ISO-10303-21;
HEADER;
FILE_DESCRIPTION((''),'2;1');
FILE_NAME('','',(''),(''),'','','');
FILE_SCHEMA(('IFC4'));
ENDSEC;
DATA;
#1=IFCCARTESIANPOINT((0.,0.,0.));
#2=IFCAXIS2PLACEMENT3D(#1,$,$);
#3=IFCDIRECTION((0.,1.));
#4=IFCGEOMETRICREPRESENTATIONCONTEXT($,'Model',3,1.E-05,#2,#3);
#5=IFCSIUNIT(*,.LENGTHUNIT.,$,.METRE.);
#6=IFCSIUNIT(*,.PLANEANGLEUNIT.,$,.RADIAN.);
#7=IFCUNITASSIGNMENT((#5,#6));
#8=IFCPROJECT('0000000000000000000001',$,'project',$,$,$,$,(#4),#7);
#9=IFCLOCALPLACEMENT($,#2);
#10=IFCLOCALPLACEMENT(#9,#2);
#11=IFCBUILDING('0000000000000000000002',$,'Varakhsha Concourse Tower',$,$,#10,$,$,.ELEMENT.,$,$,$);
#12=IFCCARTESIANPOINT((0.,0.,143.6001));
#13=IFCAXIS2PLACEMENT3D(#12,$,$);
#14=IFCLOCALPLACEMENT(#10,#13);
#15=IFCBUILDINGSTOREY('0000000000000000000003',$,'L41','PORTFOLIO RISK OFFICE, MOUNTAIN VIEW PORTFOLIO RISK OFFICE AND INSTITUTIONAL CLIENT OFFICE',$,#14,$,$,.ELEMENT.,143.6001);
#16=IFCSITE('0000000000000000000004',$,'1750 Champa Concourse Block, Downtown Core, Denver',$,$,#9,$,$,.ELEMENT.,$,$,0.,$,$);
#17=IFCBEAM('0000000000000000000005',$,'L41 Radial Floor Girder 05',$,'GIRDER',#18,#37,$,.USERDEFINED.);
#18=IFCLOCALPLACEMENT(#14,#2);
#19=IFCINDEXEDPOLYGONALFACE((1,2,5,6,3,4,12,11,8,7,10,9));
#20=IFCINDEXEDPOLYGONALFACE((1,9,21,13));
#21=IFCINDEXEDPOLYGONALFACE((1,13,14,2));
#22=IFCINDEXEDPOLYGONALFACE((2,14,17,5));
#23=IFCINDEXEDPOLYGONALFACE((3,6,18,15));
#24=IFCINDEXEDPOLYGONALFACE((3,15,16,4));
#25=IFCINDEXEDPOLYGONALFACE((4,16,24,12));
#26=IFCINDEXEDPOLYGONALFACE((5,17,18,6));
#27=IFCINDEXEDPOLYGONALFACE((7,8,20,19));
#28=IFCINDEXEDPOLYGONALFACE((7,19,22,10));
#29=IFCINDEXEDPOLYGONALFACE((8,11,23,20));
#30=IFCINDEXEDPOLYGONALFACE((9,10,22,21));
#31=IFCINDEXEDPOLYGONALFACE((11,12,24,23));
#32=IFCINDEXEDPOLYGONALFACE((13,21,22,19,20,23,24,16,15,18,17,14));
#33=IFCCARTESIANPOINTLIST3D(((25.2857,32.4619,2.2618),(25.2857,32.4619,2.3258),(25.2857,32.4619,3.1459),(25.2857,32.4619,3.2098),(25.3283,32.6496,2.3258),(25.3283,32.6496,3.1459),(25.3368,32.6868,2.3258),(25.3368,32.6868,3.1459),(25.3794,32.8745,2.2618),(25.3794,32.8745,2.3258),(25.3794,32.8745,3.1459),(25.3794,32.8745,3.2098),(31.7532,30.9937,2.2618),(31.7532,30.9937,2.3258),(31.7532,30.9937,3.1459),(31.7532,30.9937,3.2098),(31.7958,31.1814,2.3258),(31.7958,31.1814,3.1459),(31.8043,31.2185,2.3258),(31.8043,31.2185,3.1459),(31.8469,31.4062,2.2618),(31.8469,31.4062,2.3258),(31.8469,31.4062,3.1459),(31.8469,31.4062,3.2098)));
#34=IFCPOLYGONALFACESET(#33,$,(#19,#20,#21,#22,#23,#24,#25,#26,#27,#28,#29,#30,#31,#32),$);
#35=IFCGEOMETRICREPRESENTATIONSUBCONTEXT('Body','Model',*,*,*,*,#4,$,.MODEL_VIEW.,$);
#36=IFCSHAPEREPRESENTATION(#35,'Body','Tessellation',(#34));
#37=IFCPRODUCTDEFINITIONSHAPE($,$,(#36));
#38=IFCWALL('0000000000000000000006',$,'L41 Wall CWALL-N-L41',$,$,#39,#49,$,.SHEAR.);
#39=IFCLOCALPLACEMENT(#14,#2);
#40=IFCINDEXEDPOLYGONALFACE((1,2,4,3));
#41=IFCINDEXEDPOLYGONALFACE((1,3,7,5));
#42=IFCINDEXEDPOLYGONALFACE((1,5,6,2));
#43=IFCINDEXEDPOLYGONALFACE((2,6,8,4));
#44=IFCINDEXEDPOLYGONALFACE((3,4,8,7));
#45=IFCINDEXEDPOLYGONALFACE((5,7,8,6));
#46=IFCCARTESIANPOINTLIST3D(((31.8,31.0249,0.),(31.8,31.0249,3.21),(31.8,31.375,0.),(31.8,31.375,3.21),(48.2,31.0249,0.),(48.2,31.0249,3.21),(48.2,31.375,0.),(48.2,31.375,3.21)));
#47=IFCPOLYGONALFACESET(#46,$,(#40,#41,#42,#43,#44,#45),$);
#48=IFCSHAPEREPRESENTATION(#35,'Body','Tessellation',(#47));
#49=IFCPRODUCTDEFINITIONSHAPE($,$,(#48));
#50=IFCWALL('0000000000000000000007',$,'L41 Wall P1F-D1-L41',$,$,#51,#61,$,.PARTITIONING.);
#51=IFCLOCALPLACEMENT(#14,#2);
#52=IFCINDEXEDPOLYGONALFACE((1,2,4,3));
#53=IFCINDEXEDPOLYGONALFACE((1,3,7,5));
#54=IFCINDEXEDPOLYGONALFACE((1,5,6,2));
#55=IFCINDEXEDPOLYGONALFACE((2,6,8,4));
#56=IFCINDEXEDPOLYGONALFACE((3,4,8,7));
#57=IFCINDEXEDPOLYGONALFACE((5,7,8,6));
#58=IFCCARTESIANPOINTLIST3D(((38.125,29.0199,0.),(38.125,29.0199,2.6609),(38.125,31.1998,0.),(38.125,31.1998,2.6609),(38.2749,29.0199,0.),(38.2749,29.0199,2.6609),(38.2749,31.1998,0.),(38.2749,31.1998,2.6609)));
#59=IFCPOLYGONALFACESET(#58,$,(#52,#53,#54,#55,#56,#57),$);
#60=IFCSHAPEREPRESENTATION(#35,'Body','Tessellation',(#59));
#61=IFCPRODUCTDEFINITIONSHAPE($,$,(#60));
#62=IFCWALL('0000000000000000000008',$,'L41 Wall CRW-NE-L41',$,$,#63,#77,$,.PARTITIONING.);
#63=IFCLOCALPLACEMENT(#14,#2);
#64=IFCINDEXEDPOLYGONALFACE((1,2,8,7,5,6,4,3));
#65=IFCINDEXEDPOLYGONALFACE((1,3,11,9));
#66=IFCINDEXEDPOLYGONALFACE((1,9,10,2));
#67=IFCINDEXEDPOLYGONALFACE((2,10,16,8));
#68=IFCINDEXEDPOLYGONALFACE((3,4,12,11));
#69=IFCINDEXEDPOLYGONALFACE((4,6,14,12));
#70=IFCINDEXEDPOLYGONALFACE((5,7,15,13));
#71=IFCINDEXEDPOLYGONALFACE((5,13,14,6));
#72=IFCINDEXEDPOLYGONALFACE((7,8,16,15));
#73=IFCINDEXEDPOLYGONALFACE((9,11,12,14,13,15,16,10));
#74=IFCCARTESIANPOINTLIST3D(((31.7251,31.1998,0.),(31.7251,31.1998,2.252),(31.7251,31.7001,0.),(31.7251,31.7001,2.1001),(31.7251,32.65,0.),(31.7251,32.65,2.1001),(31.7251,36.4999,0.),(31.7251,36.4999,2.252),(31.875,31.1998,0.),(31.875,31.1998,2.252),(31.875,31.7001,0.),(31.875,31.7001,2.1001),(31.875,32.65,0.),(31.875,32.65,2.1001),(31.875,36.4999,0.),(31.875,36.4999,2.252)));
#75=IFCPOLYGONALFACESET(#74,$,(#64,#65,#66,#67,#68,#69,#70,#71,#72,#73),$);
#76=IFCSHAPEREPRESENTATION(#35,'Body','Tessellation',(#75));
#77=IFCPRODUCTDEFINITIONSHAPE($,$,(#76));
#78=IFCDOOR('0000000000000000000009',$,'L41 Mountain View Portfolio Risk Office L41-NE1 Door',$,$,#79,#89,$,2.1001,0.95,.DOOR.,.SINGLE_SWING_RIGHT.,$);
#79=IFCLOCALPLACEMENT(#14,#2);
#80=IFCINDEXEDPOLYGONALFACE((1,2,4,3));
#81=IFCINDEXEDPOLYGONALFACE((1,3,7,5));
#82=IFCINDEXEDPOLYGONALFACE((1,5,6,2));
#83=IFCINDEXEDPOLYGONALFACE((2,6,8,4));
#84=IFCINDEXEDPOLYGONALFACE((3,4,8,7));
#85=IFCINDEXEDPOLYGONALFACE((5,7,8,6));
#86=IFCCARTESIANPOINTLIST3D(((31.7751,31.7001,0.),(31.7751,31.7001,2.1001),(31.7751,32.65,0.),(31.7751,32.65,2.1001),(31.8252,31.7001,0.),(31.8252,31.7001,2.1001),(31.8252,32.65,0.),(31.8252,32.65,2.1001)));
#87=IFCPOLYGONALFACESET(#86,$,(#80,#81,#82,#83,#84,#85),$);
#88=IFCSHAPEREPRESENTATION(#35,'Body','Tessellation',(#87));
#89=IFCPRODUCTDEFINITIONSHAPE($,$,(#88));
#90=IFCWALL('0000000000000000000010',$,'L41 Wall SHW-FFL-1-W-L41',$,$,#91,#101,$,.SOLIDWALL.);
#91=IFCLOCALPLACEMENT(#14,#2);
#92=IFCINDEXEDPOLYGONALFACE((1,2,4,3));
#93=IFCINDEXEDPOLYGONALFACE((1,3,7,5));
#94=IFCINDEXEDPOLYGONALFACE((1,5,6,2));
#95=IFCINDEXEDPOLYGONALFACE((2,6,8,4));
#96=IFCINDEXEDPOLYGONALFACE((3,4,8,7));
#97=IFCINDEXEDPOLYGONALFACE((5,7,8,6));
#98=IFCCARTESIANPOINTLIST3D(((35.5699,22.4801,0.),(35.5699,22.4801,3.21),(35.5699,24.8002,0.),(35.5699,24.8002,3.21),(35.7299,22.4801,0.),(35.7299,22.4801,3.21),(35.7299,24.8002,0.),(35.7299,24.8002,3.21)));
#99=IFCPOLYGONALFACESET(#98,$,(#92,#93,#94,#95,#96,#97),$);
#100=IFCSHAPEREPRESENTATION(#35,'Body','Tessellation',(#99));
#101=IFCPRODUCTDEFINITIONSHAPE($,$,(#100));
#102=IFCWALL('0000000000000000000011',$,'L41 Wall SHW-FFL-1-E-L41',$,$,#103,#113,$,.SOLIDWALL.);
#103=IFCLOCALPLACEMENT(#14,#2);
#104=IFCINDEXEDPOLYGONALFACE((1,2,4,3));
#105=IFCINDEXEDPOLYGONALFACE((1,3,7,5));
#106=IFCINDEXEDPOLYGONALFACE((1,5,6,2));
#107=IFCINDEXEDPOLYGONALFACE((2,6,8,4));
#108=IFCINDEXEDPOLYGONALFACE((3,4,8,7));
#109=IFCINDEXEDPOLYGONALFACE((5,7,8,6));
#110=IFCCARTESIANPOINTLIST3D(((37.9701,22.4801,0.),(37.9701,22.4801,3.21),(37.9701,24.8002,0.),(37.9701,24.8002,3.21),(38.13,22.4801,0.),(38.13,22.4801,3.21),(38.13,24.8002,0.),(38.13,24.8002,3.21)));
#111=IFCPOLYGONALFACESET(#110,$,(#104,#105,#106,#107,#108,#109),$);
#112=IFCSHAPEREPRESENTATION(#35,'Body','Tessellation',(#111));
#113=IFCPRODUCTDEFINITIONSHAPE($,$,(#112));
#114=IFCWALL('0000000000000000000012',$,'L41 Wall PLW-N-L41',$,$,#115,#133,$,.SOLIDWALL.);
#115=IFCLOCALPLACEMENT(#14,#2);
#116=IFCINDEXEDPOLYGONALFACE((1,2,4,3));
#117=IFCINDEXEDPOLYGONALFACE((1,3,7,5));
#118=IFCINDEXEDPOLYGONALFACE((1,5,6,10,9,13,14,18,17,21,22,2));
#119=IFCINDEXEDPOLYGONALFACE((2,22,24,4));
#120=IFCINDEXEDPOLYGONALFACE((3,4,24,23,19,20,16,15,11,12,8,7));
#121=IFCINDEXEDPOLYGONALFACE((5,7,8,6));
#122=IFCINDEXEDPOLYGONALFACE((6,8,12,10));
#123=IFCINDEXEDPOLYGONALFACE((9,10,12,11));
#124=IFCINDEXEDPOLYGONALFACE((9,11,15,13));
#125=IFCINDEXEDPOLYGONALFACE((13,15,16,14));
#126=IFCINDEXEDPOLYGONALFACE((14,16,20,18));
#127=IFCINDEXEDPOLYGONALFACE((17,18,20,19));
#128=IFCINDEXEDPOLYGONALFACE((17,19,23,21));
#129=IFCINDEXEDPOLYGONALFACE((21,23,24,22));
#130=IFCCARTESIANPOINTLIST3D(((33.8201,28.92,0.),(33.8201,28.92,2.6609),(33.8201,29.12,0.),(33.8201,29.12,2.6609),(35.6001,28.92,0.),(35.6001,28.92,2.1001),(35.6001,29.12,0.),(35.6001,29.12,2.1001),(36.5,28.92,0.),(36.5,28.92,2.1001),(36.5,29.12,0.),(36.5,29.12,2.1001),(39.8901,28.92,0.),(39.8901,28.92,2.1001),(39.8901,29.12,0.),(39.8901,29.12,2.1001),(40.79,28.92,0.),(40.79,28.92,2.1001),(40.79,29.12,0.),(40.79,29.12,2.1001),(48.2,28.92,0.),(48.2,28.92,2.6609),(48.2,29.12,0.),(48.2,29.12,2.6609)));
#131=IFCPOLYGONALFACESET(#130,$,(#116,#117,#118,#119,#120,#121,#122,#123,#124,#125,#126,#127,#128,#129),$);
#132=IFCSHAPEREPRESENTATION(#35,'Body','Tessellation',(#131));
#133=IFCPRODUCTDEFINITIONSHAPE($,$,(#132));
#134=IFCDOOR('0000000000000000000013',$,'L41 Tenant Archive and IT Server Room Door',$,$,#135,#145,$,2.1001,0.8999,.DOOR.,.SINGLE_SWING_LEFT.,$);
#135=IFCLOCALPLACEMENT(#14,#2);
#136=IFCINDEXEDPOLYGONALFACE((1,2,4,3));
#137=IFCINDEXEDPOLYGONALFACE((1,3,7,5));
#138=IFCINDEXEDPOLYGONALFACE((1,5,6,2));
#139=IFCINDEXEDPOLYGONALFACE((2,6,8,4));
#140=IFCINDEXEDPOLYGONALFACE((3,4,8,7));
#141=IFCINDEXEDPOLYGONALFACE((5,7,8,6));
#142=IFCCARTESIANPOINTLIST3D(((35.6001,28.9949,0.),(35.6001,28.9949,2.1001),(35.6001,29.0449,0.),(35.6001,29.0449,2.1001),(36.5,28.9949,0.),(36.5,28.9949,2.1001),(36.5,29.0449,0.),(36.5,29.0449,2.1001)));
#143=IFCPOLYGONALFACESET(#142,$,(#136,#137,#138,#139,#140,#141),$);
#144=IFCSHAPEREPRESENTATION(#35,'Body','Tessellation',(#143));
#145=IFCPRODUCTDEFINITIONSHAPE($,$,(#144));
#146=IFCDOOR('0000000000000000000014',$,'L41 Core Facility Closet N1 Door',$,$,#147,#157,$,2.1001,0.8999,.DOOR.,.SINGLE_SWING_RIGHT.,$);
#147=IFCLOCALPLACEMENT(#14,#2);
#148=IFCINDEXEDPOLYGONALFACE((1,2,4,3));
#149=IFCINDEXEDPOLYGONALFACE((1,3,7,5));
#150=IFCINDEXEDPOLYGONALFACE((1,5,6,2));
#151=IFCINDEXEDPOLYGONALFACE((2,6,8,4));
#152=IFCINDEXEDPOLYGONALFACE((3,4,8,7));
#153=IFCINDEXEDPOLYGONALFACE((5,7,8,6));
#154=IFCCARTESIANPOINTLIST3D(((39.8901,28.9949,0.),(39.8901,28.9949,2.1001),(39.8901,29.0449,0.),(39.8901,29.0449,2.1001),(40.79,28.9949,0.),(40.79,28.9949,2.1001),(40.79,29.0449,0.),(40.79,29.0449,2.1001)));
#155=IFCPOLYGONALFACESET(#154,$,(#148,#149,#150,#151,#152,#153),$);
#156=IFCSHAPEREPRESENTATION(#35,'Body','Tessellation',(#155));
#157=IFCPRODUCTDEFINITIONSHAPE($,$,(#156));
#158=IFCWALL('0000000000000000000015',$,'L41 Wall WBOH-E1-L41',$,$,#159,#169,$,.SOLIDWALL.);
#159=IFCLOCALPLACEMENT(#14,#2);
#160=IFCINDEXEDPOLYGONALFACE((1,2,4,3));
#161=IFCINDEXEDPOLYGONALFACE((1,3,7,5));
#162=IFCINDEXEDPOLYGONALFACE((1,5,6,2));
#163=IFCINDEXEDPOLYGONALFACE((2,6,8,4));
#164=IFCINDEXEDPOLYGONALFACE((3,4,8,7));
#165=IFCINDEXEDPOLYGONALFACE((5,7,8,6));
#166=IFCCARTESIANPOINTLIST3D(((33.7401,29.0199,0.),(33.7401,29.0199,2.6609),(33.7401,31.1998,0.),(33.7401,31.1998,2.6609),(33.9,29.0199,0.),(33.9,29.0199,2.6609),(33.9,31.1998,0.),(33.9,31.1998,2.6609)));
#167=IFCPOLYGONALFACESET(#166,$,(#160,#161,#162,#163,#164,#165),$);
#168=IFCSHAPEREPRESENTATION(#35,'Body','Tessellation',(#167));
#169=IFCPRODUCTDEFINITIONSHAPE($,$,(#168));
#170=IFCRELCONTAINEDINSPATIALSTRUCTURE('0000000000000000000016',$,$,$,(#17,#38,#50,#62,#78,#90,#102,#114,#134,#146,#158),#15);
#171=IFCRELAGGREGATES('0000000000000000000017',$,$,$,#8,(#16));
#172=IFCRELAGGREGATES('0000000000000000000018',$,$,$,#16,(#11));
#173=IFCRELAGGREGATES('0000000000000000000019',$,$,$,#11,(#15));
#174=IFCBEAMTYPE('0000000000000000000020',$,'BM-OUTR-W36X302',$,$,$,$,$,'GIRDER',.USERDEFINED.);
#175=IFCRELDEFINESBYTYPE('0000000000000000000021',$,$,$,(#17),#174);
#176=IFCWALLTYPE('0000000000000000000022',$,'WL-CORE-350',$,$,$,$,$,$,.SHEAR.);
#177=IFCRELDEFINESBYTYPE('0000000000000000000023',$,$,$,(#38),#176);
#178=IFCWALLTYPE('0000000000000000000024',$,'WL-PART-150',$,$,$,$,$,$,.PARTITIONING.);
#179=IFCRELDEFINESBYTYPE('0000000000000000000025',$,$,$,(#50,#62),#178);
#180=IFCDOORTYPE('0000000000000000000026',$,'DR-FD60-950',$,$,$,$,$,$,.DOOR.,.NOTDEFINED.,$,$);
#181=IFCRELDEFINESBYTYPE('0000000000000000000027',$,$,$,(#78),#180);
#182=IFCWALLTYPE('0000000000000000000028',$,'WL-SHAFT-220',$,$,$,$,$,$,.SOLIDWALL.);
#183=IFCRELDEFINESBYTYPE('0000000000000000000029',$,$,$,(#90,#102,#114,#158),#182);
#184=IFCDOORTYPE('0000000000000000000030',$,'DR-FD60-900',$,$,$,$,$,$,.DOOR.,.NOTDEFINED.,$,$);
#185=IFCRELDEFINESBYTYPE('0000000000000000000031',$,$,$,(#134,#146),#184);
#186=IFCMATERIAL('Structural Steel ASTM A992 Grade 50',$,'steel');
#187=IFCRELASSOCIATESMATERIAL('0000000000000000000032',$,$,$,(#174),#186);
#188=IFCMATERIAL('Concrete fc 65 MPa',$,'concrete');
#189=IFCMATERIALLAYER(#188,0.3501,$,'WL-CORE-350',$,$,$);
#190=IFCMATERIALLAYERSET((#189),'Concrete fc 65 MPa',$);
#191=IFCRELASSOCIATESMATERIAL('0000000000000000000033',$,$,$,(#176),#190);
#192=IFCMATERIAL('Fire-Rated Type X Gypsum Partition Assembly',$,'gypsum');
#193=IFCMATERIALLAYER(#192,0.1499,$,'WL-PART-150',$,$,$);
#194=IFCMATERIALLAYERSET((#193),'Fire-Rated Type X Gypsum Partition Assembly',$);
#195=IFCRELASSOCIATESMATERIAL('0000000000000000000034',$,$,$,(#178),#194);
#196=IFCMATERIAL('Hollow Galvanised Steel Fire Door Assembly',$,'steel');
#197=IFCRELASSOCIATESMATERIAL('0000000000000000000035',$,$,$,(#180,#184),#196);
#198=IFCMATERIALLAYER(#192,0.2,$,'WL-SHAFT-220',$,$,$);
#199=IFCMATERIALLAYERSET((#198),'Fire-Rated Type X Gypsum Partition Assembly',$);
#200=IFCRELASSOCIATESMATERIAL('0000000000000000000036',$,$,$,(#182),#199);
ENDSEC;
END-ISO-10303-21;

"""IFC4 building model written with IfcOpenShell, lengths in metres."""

from ifc_helpers import new_model, si_unit, direction, frame, frame_2d, origin, origin_2d, place, context, subcontext, project, spatial, rectangle, i_section, extrude, material, layer, layer_set, material_profile, profile_set, type_object, element, fill, save


model = new_model("IFC4")

# Units and contexts
model_context = context("Model", 3, precision=1e-05, world=origin(), true_north=direction((0.0, 1.0)))
body_context = subcontext(model_context, "Body", "Model", "MODEL_VIEW")
ifc_project = project(units=[si_unit("LENGTHUNIT", "METRE"), si_unit("PLANEANGLEUNIT", "RADIAN")], contexts=[model_context])

# Site, building, storey
site_placement = place(None, origin())
site = spatial("IfcSite", under=ifc_project, at=site_placement, Name="1750 Champa Concourse Block, Downtown Core, Denver", CompositionType="ELEMENT", RefElevation=0.0)
building_placement = place(site_placement, origin())
building = spatial("IfcBuilding", under=site, at=building_placement, Name="Varakhsha Concourse Tower", CompositionType="ELEMENT")
storey_placement = place(building_placement, frame((0.0, 0.0, 143.6001)))
storey = spatial("IfcBuildingStorey", under=building, at=storey_placement, Name="L41", Description="PORTFOLIO RISK OFFICE, MOUNTAIN VIEW PORTFOLIO RISK OFFICE AND INSTITUTIONAL CLIENT OFFICE", CompositionType="ELEMENT", Elevation=143.6001)

# Beam
ifc_material_1 = material(Name="Structural Steel ASTM A992 Grade 50", Category="steel")
ifc_material_profile = material_profile(ifc_material_1, i_section(OverallWidth=0.4231, OverallDepth=0.948, WebThickness=0.0381, FlangeThickness=0.064, at=origin_2d()), Name="W36X302")
ifc_profile_set = profile_set([ifc_material_profile], Name="Structural Steel ASTM A992 Grade 50")
beam_type = type_object("IfcBeamType", Name="BM-OUTR-W36X302", ElementType="GIRDER", PredefinedType="USERDEFINED", material=ifc_profile_set)
beam_placement = place(storey_placement, frame((31.8, 31.2, 2.7358), z_axis=(-0.975186, 0.221387, 0.0), x_axis=(-0.221387, -0.975186, 0.0)))
element("IfcBeam", 1, at=beam_placement, inside=storey, type_object=beam_type, Name="L41 Radial Floor Girder 05", ObjectType="GIRDER", PredefinedType="USERDEFINED", context=body_context, shape_type="SweptSolid", body=[
    extrude(i_section(OverallWidth=0.4231, OverallDepth=0.948, WebThickness=0.0381, FlangeThickness=0.064, at=origin_2d()), origin(), (0.0, 0.0, 1.0), 6.6321),
])

# Walls
ifc_material_2 = material(Name="Concrete fc 65 MPa", Category="concrete")
ifc_layer_1 = layer(ifc_material_2, 0.3501, Name="WL-CORE-350")
ifc_layer_set_1 = layer_set([ifc_layer_1], Name="Concrete fc 65 MPa")
wall_type_1 = type_object("IfcWallType", Name="WL-CORE-350", PredefinedType="SHEAR", material=ifc_layer_set_1)
wall_1_placement = place(storey_placement, frame((31.8, 31.2, 0.0), z_axis=(0.0, 0.0, 1.0), x_axis=(1.0, 0.0, 0.0)))
element("IfcWall", 2, at=wall_1_placement, inside=storey, type_object=wall_type_1, Name="L41 Wall CWALL-N-L41", PredefinedType="SHEAR", context=body_context, shape_type="SweptSolid", body=[
    extrude(rectangle(XDim=16.3999, YDim=0.3501, at=frame_2d((8.2, 0.0))), origin(), (0.0, 0.0, 1.0), 3.21),
])
ifc_material_3 = material(Name="Fire-Rated Type X Gypsum Partition Assembly", Category="gypsum")
ifc_layer_2 = layer(ifc_material_3, 0.1499, Name="WL-PART-150")
ifc_layer_set_2 = layer_set([ifc_layer_2], Name="Fire-Rated Type X Gypsum Partition Assembly")
wall_type_2 = type_object("IfcWallType", Name="WL-PART-150", PredefinedType="PARTITIONING", material=ifc_layer_set_2)
wall_2_placement = place(storey_placement, frame((38.2, 29.02, 0.0), z_axis=(0.0, 0.0, 1.0), x_axis=(0.0, 1.0, 0.0)))
element("IfcWall", 3, at=wall_2_placement, inside=storey, type_object=wall_type_2, Name="L41 Wall P1F-D1-L41", PredefinedType="PARTITIONING", context=body_context, shape_type="SweptSolid", body=[
    extrude(rectangle(XDim=2.1799, YDim=0.1499, at=frame_2d((1.0898, 0.0))), origin(), (0.0, 0.0, 1.0), 2.6609),
])

# Wall, opening, door
wall_3_placement = place(storey_placement, frame((31.8, 31.2, 0.0), z_axis=(0.0, 0.0, 1.0), x_axis=(0.0, 1.0, 0.0)))
wall_3 = element("IfcWall", 4, at=wall_3_placement, inside=storey, type_object=wall_type_2, Name="L41 Wall CRW-NE-L41", PredefinedType="PARTITIONING", context=body_context, shape_type="SweptSolid", body=[
    extrude(rectangle(XDim=5.3, YDim=0.1499, at=frame_2d((2.6499, 0.0))), origin(), (0.0, 0.0, 1.0), 2.252),
])
opening_1_placement = place(wall_3_placement, frame((0.5, 0.0, 0.0)))
opening_1 = element("IfcOpeningElement", 5, at=opening_1_placement, cuts=wall_3, PredefinedType="OPENING", context=body_context, shape_type="SweptSolid", body=[
    extrude(rectangle(XDim=0.95, YDim=2.1001, at=frame_2d((0.4751, 1.05))), frame((0.0, 0.085, 0.0), z_axis=(0.0, -1.0, 0.0), x_axis=(1.0, 0.0, 0.0)), (0.0, 0.0, 1.0), 0.1699),
])
ifc_material_4 = material(Name="Hollow Galvanised Steel Fire Door Assembly", Category="steel")
door_type_1 = type_object("IfcDoorType", Name="DR-FD60-950", OperationType="NOTDEFINED", PredefinedType="DOOR", material=ifc_material_4)
door_1_placement = place(opening_1_placement, origin())
door_1 = element("IfcDoor", 6, at=door_1_placement, inside=storey, type_object=door_type_1, Name="L41 Mountain View Portfolio Risk Office L41-NE1 Door", OperationType="SINGLE_SWING_RIGHT", OverallHeight=2.1001, OverallWidth=0.95, PredefinedType="DOOR", context=body_context, shape_type="SweptSolid", body=[
    extrude(rectangle(XDim=0.95, YDim=2.1001, at=frame_2d((0.4751, 1.05))), frame((0.0, 0.0249, 0.0), z_axis=(0.0, -1.0, 0.0), x_axis=(1.0, 0.0, 0.0)), (0.0, 0.0, 1.0), 0.05),
])
fill(opening_1, door_1)

# Shared definitions
ifc_layer_3 = layer(ifc_material_3, 0.2, Name="WL-SHAFT-220")
ifc_layer_set_3 = layer_set([ifc_layer_3], Name="Fire-Rated Type X Gypsum Partition Assembly")
wall_type_3 = type_object("IfcWallType", Name="WL-SHAFT-220", PredefinedType="SOLIDWALL", material=ifc_layer_set_3)

# Walls
for number, where, z_axis, x_axis, name in (
    (7, (35.6499, 22.48, 0.0), (0.0, 0.0, 1.0), (0.0, 1.0, 0.0), "L41 Wall SHW-FFL-1-W-L41"),
    (8, (38.05, 22.48, 0.0), (0.0, 0.0, 1.0), (0.0, 1.0, 0.0), "L41 Wall SHW-FFL-1-E-L41"),
):
    element("IfcWall", number, at=place(storey_placement, frame(where, z_axis=z_axis, x_axis=x_axis)), inside=storey, type_object=wall_type_3, Name=name, PredefinedType="SOLIDWALL", context=body_context, shape_type="SweptSolid", body=[
        extrude(rectangle(XDim=2.3201, YDim=0.1599, at=frame_2d((1.1602, 0.0))), origin(), (0.0, 0.0, 1.0), 3.21),
    ])

# Wall, openings, doors
wall_4_placement = place(storey_placement, frame((33.8201, 29.02, 0.0), z_axis=(0.0, 0.0, 1.0), x_axis=(1.0, 0.0, 0.0)))
wall_4 = element("IfcWall", 9, at=wall_4_placement, inside=storey, type_object=wall_type_3, Name="L41 Wall PLW-N-L41", PredefinedType="SOLIDWALL", context=body_context, shape_type="SweptSolid", body=[
    extrude(rectangle(XDim=14.3799, YDim=0.2, at=frame_2d((7.1899, 0.0))), origin(), (0.0, 0.0, 1.0), 2.6609),
])
opening_2_placement = place(wall_4_placement, frame((1.78, 0.0, 0.0)))
opening_2 = element("IfcOpeningElement", 10, at=opening_2_placement, cuts=wall_4, PredefinedType="OPENING", context=body_context, shape_type="SweptSolid", body=[
    extrude(rectangle(XDim=0.8999, YDim=2.1001, at=frame_2d((0.45, 1.05))), frame((0.0, 0.1099, 0.0), z_axis=(0.0, -1.0, 0.0), x_axis=(1.0, 0.0, 0.0)), (0.0, 0.0, 1.0), 0.22),
])
opening_3_placement = place(wall_4_placement, frame((6.0701, 0.0, 0.0)))
opening_3 = element("IfcOpeningElement", 11, at=opening_3_placement, cuts=wall_4, PredefinedType="OPENING", context=body_context, shape_type="SweptSolid", body=[
    extrude(rectangle(XDim=0.8999, YDim=2.1001, at=frame_2d((0.45, 1.05))), frame((0.0, 0.1099, 0.0), z_axis=(0.0, -1.0, 0.0), x_axis=(1.0, 0.0, 0.0)), (0.0, 0.0, 1.0), 0.22),
])
door_type_2 = type_object("IfcDoorType", Name="DR-FD60-900", OperationType="NOTDEFINED", PredefinedType="DOOR", material=ifc_material_4)
door_2_placement = place(opening_2_placement, origin())
door_2 = element("IfcDoor", 12, at=door_2_placement, inside=storey, type_object=door_type_2, Name="L41 Tenant Archive and IT Server Room Door", OperationType="SINGLE_SWING_LEFT", OverallHeight=2.1001, OverallWidth=0.8999, PredefinedType="DOOR", context=body_context, shape_type="SweptSolid", body=[
    extrude(rectangle(XDim=0.8999, YDim=2.1001, at=frame_2d((0.45, 1.05))), frame((0.0, 0.0249, 0.0), z_axis=(0.0, -1.0, 0.0), x_axis=(1.0, 0.0, 0.0)), (0.0, 0.0, 1.0), 0.05),
])
fill(opening_2, door_2)
door_3_placement = place(opening_3_placement, origin())
door_3 = element("IfcDoor", 13, at=door_3_placement, inside=storey, type_object=door_type_2, Name="L41 Core Facility Closet N1 Door", OperationType="SINGLE_SWING_RIGHT", OverallHeight=2.1001, OverallWidth=0.8999, PredefinedType="DOOR", context=body_context, shape_type="SweptSolid", body=[
    extrude(rectangle(XDim=0.8999, YDim=2.1001, at=frame_2d((0.45, 1.05))), frame((0.0, 0.0249, 0.0), z_axis=(0.0, -1.0, 0.0), x_axis=(1.0, 0.0, 0.0)), (0.0, 0.0, 1.0), 0.05),
])
fill(opening_3, door_3)

# Wall
wall_5_placement = place(storey_placement, frame((33.8201, 29.02, 0.0), z_axis=(0.0, 0.0, 1.0), x_axis=(0.0, 1.0, 0.0)))
element("IfcWall", 14, at=wall_5_placement, inside=storey, type_object=wall_type_3, Name="L41 Wall WBOH-E1-L41", PredefinedType="SOLIDWALL", context=body_context, shape_type="SweptSolid", body=[
    extrude(rectangle(XDim=2.1799, YDim=0.1599, at=frame_2d((1.0898, 0.0))), origin(), (0.0, 0.0, 1.0), 2.6609),
])

save(model, "model.ifc")
